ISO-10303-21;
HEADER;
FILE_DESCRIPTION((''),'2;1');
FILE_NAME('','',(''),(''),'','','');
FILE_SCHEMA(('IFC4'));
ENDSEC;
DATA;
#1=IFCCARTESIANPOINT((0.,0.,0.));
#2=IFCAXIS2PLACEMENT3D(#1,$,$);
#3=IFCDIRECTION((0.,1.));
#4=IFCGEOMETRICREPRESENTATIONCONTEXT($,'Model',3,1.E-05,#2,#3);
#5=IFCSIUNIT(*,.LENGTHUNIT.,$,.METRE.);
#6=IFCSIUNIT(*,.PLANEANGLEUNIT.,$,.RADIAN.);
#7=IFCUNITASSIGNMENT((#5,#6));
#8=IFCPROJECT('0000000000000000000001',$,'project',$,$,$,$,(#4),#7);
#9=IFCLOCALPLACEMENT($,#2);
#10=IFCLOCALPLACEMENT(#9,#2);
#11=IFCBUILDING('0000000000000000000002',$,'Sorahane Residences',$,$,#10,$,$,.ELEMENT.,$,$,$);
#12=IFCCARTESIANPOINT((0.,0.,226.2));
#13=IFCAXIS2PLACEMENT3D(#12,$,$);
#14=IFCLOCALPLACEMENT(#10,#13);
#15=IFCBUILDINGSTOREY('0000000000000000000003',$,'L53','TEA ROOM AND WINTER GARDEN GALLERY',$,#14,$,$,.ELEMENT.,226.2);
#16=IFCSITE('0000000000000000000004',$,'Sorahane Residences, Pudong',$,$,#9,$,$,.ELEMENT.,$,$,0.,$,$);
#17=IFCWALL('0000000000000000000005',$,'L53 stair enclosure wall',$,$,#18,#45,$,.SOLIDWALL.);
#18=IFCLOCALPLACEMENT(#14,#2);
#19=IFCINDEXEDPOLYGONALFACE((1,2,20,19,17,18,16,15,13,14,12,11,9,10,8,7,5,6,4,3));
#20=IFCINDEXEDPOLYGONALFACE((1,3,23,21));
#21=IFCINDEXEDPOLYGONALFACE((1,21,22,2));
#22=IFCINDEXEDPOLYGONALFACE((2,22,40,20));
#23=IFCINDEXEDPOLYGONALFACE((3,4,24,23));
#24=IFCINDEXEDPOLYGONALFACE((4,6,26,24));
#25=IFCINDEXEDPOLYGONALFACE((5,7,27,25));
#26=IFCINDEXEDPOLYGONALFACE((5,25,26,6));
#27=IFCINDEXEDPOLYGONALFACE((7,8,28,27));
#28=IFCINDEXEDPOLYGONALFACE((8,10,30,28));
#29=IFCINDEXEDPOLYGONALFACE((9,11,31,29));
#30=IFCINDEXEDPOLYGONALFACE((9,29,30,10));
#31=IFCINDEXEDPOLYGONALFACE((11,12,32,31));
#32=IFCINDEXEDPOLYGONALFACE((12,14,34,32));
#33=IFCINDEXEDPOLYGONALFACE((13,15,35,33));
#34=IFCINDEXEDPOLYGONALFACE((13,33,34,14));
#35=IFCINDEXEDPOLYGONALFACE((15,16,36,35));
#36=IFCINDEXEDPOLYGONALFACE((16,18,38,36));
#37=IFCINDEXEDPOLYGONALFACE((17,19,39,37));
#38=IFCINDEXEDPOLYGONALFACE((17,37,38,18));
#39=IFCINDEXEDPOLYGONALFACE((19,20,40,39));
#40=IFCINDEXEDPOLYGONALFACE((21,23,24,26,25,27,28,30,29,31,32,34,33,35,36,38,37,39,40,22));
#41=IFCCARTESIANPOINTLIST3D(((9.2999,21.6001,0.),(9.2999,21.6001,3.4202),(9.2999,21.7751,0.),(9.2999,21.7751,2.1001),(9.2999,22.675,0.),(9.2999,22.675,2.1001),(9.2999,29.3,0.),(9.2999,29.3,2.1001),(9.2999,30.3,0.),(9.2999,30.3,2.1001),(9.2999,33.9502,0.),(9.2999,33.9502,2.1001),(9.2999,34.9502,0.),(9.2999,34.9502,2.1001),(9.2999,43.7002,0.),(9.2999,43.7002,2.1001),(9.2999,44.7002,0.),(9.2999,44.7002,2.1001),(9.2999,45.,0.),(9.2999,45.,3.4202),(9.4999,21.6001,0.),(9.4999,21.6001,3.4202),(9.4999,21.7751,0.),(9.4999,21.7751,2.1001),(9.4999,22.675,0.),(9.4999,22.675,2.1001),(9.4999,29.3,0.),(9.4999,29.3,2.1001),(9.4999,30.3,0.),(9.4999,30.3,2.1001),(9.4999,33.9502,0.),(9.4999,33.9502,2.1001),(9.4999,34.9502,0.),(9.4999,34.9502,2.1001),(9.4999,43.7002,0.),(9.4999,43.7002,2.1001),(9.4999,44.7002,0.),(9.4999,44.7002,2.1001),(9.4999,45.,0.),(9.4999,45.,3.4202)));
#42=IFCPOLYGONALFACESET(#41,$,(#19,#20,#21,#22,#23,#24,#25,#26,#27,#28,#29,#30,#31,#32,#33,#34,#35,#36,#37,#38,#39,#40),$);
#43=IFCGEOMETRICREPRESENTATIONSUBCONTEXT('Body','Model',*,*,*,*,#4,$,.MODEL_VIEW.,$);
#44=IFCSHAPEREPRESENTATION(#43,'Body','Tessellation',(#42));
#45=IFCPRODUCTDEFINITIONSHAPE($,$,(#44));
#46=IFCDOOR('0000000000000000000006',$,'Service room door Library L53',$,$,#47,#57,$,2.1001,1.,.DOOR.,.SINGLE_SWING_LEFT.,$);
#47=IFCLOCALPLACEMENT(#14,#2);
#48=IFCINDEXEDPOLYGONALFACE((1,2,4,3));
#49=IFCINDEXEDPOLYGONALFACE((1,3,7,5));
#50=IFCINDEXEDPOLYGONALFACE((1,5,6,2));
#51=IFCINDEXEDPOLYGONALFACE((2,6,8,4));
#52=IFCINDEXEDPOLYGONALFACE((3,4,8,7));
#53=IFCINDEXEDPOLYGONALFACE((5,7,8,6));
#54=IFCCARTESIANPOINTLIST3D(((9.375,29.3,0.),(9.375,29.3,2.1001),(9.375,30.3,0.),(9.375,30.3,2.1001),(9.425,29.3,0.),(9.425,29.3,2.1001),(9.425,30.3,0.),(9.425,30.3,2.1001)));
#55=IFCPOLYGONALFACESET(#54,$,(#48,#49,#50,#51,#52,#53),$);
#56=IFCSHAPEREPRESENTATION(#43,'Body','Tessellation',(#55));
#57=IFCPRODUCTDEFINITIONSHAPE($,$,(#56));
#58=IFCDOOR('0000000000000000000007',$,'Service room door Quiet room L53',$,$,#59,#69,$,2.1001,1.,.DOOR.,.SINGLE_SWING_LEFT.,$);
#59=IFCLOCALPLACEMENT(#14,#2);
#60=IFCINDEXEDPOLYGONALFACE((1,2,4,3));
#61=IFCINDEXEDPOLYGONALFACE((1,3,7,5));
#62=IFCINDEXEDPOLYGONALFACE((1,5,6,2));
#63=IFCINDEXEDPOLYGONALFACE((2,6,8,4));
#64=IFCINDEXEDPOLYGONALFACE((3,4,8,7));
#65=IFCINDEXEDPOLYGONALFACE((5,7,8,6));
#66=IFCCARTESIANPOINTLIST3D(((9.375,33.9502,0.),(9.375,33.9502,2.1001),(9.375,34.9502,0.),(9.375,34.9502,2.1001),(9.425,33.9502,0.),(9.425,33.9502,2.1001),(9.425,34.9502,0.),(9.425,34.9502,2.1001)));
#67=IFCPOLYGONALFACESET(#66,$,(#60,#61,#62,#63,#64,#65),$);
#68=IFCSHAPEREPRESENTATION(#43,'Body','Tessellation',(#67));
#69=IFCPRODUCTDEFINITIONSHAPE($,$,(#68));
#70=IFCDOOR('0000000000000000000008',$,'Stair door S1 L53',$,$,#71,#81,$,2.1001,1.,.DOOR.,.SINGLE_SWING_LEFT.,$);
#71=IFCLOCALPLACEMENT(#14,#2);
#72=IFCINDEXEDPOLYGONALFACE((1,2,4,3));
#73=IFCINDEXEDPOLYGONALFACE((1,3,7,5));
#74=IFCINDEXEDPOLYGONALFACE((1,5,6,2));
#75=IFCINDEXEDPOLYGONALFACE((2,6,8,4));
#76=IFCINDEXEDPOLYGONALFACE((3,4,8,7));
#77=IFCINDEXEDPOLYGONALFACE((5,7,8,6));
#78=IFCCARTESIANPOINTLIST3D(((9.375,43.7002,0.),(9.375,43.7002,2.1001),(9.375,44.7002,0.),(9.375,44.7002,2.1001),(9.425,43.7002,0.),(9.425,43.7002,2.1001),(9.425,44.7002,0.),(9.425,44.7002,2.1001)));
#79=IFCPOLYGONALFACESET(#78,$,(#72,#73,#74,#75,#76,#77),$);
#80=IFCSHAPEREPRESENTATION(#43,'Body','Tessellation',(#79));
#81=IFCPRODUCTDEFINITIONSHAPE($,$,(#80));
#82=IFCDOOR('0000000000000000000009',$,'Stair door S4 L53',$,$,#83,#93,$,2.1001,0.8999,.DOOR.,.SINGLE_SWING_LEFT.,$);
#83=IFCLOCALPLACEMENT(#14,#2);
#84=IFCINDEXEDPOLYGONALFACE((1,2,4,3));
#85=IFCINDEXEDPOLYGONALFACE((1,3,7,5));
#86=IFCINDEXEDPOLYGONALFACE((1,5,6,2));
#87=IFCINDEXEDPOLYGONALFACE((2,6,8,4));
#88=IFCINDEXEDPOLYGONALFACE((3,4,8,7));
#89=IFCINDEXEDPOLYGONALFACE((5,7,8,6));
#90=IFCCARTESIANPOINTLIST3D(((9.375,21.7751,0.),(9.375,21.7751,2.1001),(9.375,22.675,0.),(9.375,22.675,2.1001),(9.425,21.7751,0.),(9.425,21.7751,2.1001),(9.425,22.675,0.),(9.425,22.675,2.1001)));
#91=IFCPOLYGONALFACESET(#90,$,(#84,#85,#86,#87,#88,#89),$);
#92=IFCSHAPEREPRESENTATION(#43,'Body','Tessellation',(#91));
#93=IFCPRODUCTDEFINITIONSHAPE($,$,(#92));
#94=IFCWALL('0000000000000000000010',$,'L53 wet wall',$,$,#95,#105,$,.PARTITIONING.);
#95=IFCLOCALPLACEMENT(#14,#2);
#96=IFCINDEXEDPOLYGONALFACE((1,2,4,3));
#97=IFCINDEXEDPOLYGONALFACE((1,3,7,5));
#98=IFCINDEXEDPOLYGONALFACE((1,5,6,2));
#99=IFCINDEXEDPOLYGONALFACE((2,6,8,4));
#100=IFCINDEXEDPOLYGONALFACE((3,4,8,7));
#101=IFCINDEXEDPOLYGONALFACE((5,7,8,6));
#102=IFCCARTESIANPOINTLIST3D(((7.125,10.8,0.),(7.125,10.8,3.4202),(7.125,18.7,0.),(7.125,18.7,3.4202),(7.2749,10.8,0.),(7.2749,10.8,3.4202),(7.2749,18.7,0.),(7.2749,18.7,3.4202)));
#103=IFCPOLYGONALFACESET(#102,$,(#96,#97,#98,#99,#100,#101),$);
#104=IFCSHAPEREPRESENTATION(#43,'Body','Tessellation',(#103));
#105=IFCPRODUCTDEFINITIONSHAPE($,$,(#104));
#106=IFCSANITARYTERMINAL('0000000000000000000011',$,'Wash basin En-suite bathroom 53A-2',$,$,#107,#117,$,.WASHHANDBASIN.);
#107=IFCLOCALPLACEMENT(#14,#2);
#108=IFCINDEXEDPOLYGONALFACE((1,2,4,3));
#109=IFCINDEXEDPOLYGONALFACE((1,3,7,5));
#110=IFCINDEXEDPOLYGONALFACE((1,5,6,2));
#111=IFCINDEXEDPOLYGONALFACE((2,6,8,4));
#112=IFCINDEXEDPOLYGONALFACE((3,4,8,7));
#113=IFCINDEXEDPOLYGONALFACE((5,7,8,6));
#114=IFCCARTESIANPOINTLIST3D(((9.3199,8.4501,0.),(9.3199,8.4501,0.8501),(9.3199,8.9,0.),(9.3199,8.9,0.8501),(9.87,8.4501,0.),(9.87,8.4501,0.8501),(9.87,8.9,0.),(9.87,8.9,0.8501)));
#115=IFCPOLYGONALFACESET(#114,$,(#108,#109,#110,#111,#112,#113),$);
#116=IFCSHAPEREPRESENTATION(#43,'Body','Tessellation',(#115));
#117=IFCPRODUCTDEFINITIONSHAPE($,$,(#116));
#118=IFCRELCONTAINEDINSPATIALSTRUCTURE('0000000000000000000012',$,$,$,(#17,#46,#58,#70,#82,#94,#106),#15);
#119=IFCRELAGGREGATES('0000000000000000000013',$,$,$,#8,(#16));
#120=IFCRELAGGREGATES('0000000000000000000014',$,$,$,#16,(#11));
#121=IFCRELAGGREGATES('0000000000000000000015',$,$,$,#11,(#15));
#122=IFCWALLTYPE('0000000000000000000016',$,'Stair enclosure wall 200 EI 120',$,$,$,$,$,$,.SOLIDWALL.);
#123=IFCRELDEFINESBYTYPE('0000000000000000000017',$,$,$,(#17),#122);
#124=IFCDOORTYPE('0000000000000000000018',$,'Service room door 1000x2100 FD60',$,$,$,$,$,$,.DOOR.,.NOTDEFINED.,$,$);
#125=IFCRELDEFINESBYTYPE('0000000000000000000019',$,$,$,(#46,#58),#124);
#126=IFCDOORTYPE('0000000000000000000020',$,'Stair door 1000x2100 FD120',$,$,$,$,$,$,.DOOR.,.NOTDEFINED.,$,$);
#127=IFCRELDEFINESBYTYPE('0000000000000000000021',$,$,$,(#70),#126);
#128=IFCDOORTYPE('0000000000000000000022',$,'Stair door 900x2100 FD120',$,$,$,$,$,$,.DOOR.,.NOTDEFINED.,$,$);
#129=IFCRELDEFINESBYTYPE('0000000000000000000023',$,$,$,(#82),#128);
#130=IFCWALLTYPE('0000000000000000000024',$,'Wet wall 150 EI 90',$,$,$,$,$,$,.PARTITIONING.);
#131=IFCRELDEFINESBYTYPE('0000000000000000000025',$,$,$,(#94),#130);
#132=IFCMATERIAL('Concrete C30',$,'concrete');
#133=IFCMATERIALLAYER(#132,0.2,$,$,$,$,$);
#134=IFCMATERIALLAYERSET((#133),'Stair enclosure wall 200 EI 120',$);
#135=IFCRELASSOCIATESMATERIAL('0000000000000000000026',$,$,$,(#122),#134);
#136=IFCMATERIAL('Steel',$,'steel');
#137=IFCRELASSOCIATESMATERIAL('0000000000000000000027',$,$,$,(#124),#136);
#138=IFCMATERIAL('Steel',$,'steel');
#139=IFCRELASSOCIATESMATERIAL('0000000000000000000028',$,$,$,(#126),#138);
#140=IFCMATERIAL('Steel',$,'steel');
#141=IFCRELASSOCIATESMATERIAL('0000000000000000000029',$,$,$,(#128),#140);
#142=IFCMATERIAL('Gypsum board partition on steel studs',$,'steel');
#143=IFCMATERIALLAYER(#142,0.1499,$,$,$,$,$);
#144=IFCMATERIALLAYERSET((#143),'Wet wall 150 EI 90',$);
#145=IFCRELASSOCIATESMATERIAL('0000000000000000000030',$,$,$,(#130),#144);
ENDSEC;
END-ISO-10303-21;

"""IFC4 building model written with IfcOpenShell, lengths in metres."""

from ifc_helpers import new_model, si_unit, direction, frame, frame_2d, origin, origin_2d, place, context, subcontext, project, spatial, rectangle, extrude, material, layer, layer_set, type_object, element, fill, save


model = new_model("IFC4")

# Units and contexts
model_context = context("Model", 3, precision=1e-05, world=origin(), true_north=direction((0.0, 1.0)))
body_context = subcontext(model_context, "Body", "Model", "MODEL_VIEW")
ifc_project = project(units=[si_unit("LENGTHUNIT", "METRE"), si_unit("PLANEANGLEUNIT", "RADIAN")], contexts=[model_context])

# Site, building, storey
site_placement = place(None, origin())
site = spatial("IfcSite", under=ifc_project, at=site_placement, Name="Sorahane Residences, Pudong", CompositionType="ELEMENT", RefElevation=0.0)
building_placement = place(site_placement, origin())
building = spatial("IfcBuilding", under=site, at=building_placement, Name="Sorahane Residences", CompositionType="ELEMENT")
storey_placement = place(building_placement, frame((0.0, 0.0, 226.2)))
storey = spatial("IfcBuildingStorey", under=building, at=storey_placement, Name="L53", Description="TEA ROOM AND WINTER GARDEN GALLERY", CompositionType="ELEMENT", Elevation=226.2)

# Wall, openings, doors
ifc_material_1 = material(Name="Concrete C30", Category="concrete")
ifc_layer_1 = layer(ifc_material_1, 0.2)
ifc_layer_set_1 = layer_set([ifc_layer_1], Name="Stair enclosure wall 200 EI 120")
wall_type_1 = type_object("IfcWallType", Name="Stair enclosure wall 200 EI 120", PredefinedType="SOLIDWALL", material=ifc_layer_set_1)
wall_1_placement = place(storey_placement, frame((9.3999, 21.6001, 0.0), z_axis=(0.0, 0.0, 1.0), x_axis=(0.0, 1.0, 0.0)))
wall_1 = element("IfcWall", 1, at=wall_1_placement, inside=storey, type_object=wall_type_1, Name="L53 stair enclosure wall", PredefinedType="SOLIDWALL", context=body_context, shape_type="SweptSolid", body=[
    extrude(rectangle(XDim=23.3999, YDim=0.2, at=frame_2d((11.7, 0.0))), origin(), (0.0, 0.0, 1.0), 3.4202),
])
opening_1_placement = place(wall_1_placement, frame((7.7, 0.0, 0.0)))
opening_1 = element("IfcOpeningElement", 2, at=opening_1_placement, cuts=wall_1, PredefinedType="OPENING", context=body_context, shape_type="SweptSolid", body=[
    extrude(rectangle(XDim=1.0, YDim=2.1001, at=frame_2d((0.5, 1.05))), frame((0.0, 0.1099, 0.0), z_axis=(0.0, -1.0, 0.0), x_axis=(1.0, 0.0, 0.0)), (0.0, 0.0, 1.0), 0.22),
])
opening_2_placement = place(wall_1_placement, frame((12.3501, 0.0, 0.0)))
opening_2 = element("IfcOpeningElement", 3, at=opening_2_placement, cuts=wall_1, PredefinedType="OPENING", context=body_context, shape_type="SweptSolid", body=[
    extrude(rectangle(XDim=1.0, YDim=2.1001, at=frame_2d((0.5, 1.05))), frame((0.0, 0.1099, 0.0), z_axis=(0.0, -1.0, 0.0), x_axis=(1.0, 0.0, 0.0)), (0.0, 0.0, 1.0), 0.22),
])
opening_3_placement = place(wall_1_placement, frame((22.1001, 0.0, 0.0)))
opening_3 = element("IfcOpeningElement", 4, at=opening_3_placement, cuts=wall_1, PredefinedType="OPENING", context=body_context, shape_type="SweptSolid", body=[
    extrude(rectangle(XDim=1.0, YDim=2.1001, at=frame_2d((0.5, 1.05))), frame((0.0, 0.1099, 0.0), z_axis=(0.0, -1.0, 0.0), x_axis=(1.0, 0.0, 0.0)), (0.0, 0.0, 1.0), 0.22),
])
opening_4_placement = place(wall_1_placement, frame((0.175, 0.0, 0.0)))
opening_4 = element("IfcOpeningElement", 5, at=opening_4_placement, cuts=wall_1, PredefinedType="OPENING", context=body_context, shape_type="SweptSolid", body=[
    extrude(rectangle(XDim=0.8999, YDim=2.1001, at=frame_2d((0.45, 1.05))), frame((0.0, 0.1099, 0.0), z_axis=(0.0, -1.0, 0.0), x_axis=(1.0, 0.0, 0.0)), (0.0, 0.0, 1.0), 0.22),
])
ifc_material_2 = material(Name="Steel", Category="steel")
door_type_1 = type_object("IfcDoorType", Name="Service room door 1000x2100 FD60", OperationType="NOTDEFINED", PredefinedType="DOOR", material=ifc_material_2)
door_1_placement = place(opening_1_placement, origin())
door_1 = element("IfcDoor", 6, at=door_1_placement, inside=storey, type_object=door_type_1, Name="Service room door Library L53", OperationType="SINGLE_SWING_LEFT", OverallHeight=2.1001, OverallWidth=1.0, PredefinedType="DOOR", context=body_context, shape_type="SweptSolid", body=[
    extrude(rectangle(XDim=1.0, YDim=2.1001, at=frame_2d((0.5, 1.05))), frame((0.0, 0.0249, 0.0), z_axis=(0.0, -1.0, 0.0), x_axis=(1.0, 0.0, 0.0)), (0.0, 0.0, 1.0), 0.05),
])
fill(opening_1, door_1)
door_2_placement = place(opening_2_placement, origin())
door_2 = element("IfcDoor", 7, at=door_2_placement, inside=storey, type_object=door_type_1, Name="Service room door Quiet room L53", OperationType="SINGLE_SWING_LEFT", OverallHeight=2.1001, OverallWidth=1.0, PredefinedType="DOOR", context=body_context, shape_type="SweptSolid", body=[
    extrude(rectangle(XDim=1.0, YDim=2.1001, at=frame_2d((0.5, 1.05))), frame((0.0, 0.0249, 0.0), z_axis=(0.0, -1.0, 0.0), x_axis=(1.0, 0.0, 0.0)), (0.0, 0.0, 1.0), 0.05),
])
fill(opening_2, door_2)
ifc_material_3 = material(Name="Steel", Category="steel")
door_type_2 = type_object("IfcDoorType", Name="Stair door 1000x2100 FD120", OperationType="NOTDEFINED", PredefinedType="DOOR", material=ifc_material_3)
door_3_placement = place(opening_3_placement, origin())
door_3 = element("IfcDoor", 8, at=door_3_placement, inside=storey, type_object=door_type_2, Name="Stair door S1 L53", OperationType="SINGLE_SWING_LEFT", OverallHeight=2.1001, OverallWidth=1.0, PredefinedType="DOOR", context=body_context, shape_type="SweptSolid", body=[
    extrude(rectangle(XDim=1.0, YDim=2.1001, at=frame_2d((0.5, 1.05))), frame((0.0, 0.0249, 0.0), z_axis=(0.0, -1.0, 0.0), x_axis=(1.0, 0.0, 0.0)), (0.0, 0.0, 1.0), 0.05),
])
fill(opening_3, door_3)
ifc_material_4 = material(Name="Steel", Category="steel")
door_type_3 = type_object("IfcDoorType", Name="Stair door 900x2100 FD120", OperationType="NOTDEFINED", PredefinedType="DOOR", material=ifc_material_4)
door_4_placement = place(opening_4_placement, origin())
door_4 = element("IfcDoor", 9, at=door_4_placement, inside=storey, type_object=door_type_3, Name="Stair door S4 L53", OperationType="SINGLE_SWING_LEFT", OverallHeight=2.1001, OverallWidth=0.8999, PredefinedType="DOOR", context=body_context, shape_type="SweptSolid", body=[
    extrude(rectangle(XDim=0.8999, YDim=2.1001, at=frame_2d((0.45, 1.05))), frame((0.0, 0.0249, 0.0), z_axis=(0.0, -1.0, 0.0), x_axis=(1.0, 0.0, 0.0)), (0.0, 0.0, 1.0), 0.05),
])
fill(opening_4, door_4)

# Wall
ifc_material_5 = material(Name="Gypsum board partition on steel studs", Category="steel")
ifc_layer_2 = layer(ifc_material_5, 0.1499)
ifc_layer_set_2 = layer_set([ifc_layer_2], Name="Wet wall 150 EI 90")
wall_type_2 = type_object("IfcWallType", Name="Wet wall 150 EI 90", PredefinedType="PARTITIONING", material=ifc_layer_set_2)
wall_2_placement = place(storey_placement, frame((7.2, 10.8, 0.0), z_axis=(0.0, 0.0, 1.0), x_axis=(0.0, 1.0, 0.0)))
element("IfcWall", 10, at=wall_2_placement, inside=storey, type_object=wall_type_2, Name="L53 wet wall", PredefinedType="PARTITIONING", context=body_context, shape_type="SweptSolid", body=[
    extrude(rectangle(XDim=7.8999, YDim=0.1499, at=frame_2d((3.95, 0.0))), origin(), (0.0, 0.0, 1.0), 3.4202),
])

# Sanitary terminal
sanitary_terminal_placement = place(storey_placement, frame((9.595, 8.675, 0.0), z_axis=(0.0, 0.0, 1.0), x_axis=(1.0, 0.0, 0.0)))
element("IfcSanitaryTerminal", 11, at=sanitary_terminal_placement, inside=storey, Name="Wash basin En-suite bathroom 53A-2", PredefinedType="WASHHANDBASIN", context=body_context, shape_type="SweptSolid", body=[
    extrude(rectangle(XDim=0.55, YDim=0.45, at=origin_2d()), origin(), (0.0, 0.0, 1.0), 0.8501),
])

save(model, "model.ifc")
